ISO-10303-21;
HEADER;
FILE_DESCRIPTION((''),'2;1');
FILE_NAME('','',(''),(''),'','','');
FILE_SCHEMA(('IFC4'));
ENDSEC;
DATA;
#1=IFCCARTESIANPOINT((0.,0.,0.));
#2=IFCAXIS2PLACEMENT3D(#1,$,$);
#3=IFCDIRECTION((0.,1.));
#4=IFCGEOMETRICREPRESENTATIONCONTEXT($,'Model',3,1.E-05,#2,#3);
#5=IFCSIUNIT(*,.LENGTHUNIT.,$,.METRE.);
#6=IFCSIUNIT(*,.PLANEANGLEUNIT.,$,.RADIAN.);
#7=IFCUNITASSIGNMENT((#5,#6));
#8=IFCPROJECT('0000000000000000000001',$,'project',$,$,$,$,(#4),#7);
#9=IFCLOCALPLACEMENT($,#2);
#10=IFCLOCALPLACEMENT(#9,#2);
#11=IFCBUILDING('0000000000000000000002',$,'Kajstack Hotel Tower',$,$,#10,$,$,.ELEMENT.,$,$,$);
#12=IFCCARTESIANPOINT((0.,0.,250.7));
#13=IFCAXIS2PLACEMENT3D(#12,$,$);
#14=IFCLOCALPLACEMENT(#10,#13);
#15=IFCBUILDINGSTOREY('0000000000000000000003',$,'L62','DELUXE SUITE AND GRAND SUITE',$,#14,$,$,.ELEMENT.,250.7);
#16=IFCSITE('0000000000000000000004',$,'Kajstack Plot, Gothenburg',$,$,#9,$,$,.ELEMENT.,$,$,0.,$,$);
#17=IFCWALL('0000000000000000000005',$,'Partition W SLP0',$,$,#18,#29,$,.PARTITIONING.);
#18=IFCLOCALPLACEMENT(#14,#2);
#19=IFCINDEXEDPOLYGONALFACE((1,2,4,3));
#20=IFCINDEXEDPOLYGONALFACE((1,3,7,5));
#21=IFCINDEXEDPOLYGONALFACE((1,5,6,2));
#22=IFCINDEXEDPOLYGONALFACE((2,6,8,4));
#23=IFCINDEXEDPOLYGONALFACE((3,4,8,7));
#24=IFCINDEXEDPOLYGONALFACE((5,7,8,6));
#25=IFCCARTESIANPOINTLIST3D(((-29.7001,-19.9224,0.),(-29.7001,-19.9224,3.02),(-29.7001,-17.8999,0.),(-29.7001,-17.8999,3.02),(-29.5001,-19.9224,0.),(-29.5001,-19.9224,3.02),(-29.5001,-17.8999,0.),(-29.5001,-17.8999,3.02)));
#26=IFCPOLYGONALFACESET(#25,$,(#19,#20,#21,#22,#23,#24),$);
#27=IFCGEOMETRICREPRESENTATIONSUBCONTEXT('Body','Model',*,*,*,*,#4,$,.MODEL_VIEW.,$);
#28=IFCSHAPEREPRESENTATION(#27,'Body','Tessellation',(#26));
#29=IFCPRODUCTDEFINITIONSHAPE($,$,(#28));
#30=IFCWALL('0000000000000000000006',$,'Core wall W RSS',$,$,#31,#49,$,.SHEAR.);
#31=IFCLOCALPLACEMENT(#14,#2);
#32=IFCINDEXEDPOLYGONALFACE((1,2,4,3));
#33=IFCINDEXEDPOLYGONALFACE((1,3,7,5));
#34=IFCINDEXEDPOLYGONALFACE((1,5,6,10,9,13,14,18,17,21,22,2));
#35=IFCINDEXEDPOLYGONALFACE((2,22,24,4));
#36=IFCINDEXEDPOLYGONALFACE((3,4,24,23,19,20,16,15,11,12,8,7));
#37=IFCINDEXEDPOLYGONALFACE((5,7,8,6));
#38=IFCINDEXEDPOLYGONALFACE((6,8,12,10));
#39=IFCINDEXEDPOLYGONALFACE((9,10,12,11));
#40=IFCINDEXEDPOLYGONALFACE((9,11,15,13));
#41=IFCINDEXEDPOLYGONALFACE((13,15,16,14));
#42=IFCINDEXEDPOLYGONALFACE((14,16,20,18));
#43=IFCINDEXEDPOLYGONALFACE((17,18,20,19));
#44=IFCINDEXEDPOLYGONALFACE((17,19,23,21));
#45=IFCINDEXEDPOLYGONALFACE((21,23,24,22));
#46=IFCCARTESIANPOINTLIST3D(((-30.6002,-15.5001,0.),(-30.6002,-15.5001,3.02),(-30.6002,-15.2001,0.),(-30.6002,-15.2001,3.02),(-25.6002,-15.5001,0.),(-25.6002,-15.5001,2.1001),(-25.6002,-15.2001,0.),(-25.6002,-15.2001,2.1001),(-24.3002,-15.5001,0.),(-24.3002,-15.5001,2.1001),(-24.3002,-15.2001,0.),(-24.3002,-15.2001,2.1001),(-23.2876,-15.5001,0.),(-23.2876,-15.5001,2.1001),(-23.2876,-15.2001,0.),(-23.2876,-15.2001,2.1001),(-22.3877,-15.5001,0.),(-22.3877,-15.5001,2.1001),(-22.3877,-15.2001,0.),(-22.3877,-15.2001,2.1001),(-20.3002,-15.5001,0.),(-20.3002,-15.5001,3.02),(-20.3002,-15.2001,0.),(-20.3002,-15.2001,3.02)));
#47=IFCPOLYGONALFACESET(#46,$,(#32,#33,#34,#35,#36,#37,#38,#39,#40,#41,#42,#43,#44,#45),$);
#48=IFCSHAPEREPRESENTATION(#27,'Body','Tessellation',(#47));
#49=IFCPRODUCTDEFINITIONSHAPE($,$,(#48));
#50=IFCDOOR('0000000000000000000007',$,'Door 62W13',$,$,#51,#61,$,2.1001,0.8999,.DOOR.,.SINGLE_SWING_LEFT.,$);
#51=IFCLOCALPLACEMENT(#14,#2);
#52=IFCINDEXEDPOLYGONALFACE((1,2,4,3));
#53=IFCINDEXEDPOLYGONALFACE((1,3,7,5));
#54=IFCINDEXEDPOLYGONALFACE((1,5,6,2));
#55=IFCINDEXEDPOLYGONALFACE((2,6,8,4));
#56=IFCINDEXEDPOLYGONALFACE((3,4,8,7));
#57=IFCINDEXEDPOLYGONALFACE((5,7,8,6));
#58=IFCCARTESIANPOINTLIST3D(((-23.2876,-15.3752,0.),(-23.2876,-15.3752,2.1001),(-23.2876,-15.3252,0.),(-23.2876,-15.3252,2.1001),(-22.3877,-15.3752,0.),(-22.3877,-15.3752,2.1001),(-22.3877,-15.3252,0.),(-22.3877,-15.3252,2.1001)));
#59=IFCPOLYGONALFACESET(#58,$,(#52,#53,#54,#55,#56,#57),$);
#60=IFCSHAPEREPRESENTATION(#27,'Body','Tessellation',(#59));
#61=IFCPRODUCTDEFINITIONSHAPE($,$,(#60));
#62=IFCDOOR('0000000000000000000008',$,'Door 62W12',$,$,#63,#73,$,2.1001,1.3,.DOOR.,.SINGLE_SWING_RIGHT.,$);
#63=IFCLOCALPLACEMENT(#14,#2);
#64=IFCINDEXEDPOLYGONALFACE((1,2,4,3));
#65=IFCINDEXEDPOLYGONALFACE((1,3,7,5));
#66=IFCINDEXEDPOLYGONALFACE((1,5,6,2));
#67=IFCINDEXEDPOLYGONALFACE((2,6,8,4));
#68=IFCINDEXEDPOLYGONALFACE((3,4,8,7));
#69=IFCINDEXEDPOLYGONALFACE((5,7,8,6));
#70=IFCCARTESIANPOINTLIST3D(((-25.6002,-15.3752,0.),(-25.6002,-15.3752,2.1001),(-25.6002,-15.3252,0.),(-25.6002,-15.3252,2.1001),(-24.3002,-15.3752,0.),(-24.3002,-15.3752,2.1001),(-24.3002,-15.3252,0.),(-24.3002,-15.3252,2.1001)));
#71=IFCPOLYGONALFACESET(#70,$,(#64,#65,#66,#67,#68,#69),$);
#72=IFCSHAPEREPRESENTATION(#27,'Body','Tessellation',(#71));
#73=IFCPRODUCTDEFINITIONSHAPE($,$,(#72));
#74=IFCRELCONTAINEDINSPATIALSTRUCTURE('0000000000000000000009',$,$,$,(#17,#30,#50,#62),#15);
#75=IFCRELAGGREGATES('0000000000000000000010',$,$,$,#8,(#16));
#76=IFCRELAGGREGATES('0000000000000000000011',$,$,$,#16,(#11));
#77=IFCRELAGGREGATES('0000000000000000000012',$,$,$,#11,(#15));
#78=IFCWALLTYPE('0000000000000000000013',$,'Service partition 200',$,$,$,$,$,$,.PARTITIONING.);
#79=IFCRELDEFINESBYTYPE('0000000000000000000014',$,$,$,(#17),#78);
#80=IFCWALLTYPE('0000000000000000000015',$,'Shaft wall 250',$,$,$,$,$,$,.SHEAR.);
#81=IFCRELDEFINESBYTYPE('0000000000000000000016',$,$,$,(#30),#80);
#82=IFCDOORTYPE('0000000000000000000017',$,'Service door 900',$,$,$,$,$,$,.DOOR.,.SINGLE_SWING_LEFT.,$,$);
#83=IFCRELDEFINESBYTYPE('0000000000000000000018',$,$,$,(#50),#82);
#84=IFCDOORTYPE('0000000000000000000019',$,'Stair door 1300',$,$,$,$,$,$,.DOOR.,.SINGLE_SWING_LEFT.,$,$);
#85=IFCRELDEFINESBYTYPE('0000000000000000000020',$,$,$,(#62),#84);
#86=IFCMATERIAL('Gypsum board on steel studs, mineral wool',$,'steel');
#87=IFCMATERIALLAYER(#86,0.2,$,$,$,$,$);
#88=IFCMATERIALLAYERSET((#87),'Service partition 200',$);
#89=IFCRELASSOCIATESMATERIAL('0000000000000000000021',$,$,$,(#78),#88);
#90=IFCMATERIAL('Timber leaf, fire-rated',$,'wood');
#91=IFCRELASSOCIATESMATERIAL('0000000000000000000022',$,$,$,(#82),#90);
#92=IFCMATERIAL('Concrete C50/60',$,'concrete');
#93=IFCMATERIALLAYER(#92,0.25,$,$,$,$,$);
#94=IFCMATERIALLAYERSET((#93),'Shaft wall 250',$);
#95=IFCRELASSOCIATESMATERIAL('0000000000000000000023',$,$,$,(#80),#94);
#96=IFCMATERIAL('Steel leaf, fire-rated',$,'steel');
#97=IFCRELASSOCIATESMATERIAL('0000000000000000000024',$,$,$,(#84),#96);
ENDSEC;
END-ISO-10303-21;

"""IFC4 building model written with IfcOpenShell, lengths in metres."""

from ifc_helpers import new_model, si_unit, direction, frame, frame_2d, origin, place, context, subcontext, project, spatial, rectangle, extrude, material, layer, layer_set, type_object, element, fill, save


model = new_model("IFC4")

# Units and contexts
model_context = context("Model", 3, precision=1e-05, world=origin(), true_north=direction((0.0, 1.0)))
body_context = subcontext(model_context, "Body", "Model", "MODEL_VIEW")
ifc_project = project(units=[si_unit("LENGTHUNIT", "METRE"), si_unit("PLANEANGLEUNIT", "RADIAN")], contexts=[model_context])

# Site, building, storey
site_placement = place(None, origin())
site = spatial("IfcSite", under=ifc_project, at=site_placement, Name="Kajstack Plot, Gothenburg", CompositionType="ELEMENT", RefElevation=0.0)
building_placement = place(site_placement, origin())
building = spatial("IfcBuilding", under=site, at=building_placement, Name="Kajstack Hotel Tower", CompositionType="ELEMENT")
storey_placement = place(building_placement, frame((0.0, 0.0, 250.7)))
storey = spatial("IfcBuildingStorey", under=building, at=storey_placement, Name="L62", Description="DELUXE SUITE AND GRAND SUITE", CompositionType="ELEMENT", Elevation=250.7)

# Shared definitions
ifc_material_1 = material(Name="Gypsum board on steel studs, mineral wool", Category="steel")
ifc_layer_1 = layer(ifc_material_1, 0.2)
ifc_layer_set_1 = layer_set([ifc_layer_1], Name="Service partition 200")
wall_type_1 = type_object("IfcWallType", Name="Service partition 200", PredefinedType="PARTITIONING", material=ifc_layer_set_1)
ifc_material_2 = material(Name="Timber leaf, fire-rated", Category="wood")
door_type_1 = type_object("IfcDoorType", Name="Service door 900", OperationType="SINGLE_SWING_LEFT", PredefinedType="DOOR", material=ifc_material_2)

# Wall
wall_1_placement = place(storey_placement, frame((-29.6001, -19.9224, 0.0), z_axis=(0.0, 0.0, 1.0), x_axis=(0.0, 1.0, 0.0)))
element("IfcWall", 1, at=wall_1_placement, inside=storey, type_object=wall_type_1, Name="Partition W SLP0", PredefinedType="PARTITIONING", context=body_context, shape_type="SweptSolid", body=[
    extrude(rectangle(XDim=2.0225, YDim=0.2, at=frame_2d((1.0112, 0.0))), origin(), (0.0, 0.0, 1.0), 3.02),
])

# Wall, openings, doors
ifc_material_3 = material(Name="Concrete C50/60", Category="concrete")
ifc_layer_2 = layer(ifc_material_3, 0.25)
ifc_layer_set_2 = layer_set([ifc_layer_2], Name="Shaft wall 250")
wall_type_2 = type_object("IfcWallType", Name="Shaft wall 250", PredefinedType="SHEAR", material=ifc_layer_set_2)
wall_2_placement = place(storey_placement, frame((-30.6001, -15.3501, 0.0), z_axis=(0.0, 0.0, 1.0), x_axis=(1.0, 0.0, 0.0)))
wall_2 = element("IfcWall", 2, at=wall_2_placement, inside=storey, type_object=wall_type_2, Name="Core wall W RSS", PredefinedType="SHEAR", context=body_context, shape_type="SweptSolid", body=[
    extrude(rectangle(XDim=10.3, YDim=0.3, at=frame_2d((5.1499, 0.0))), origin(), (0.0, 0.0, 1.0), 3.02),
])
opening_1_placement = place(wall_2_placement, frame((5.0, 0.0, 0.0)))
opening_1 = element("IfcOpeningElement", 3, at=opening_1_placement, cuts=wall_2, PredefinedType="OPENING", context=body_context, shape_type="SweptSolid", body=[
    extrude(rectangle(XDim=1.3, YDim=2.1001, at=frame_2d((0.6499, 1.05))), frame((0.0, 0.1599, 0.0), z_axis=(0.0, -1.0, 0.0), x_axis=(1.0, 0.0, 0.0)), (0.0, 0.0, 1.0), 0.3201),
])
opening_2_placement = place(wall_2_placement, frame((7.3125, 0.0, 0.0)))
opening_2 = element("IfcOpeningElement", 4, at=opening_2_placement, cuts=wall_2, PredefinedType="OPENING", context=body_context, shape_type="SweptSolid", body=[
    extrude(rectangle(XDim=0.8999, YDim=2.1001, at=frame_2d((0.45, 1.05))), frame((0.0, 0.1599, 0.0), z_axis=(0.0, -1.0, 0.0), x_axis=(1.0, 0.0, 0.0)), (0.0, 0.0, 1.0), 0.3201),
])
door_1_placement = place(opening_2_placement, origin())
door_1 = element("IfcDoor", 5, at=door_1_placement, inside=storey, type_object=door_type_1, Name="Door 62W13", OperationType="SINGLE_SWING_LEFT", OverallHeight=2.1001, OverallWidth=0.8999, PredefinedType="DOOR", context=body_context, shape_type="SweptSolid", body=[
    extrude(rectangle(XDim=0.8999, YDim=2.1001, at=frame_2d((0.45, 1.05))), frame((0.0, 0.0249, 0.0), z_axis=(0.0, -1.0, 0.0), x_axis=(1.0, 0.0, 0.0)), (0.0, 0.0, 1.0), 0.05),
])
fill(opening_2, door_1)
ifc_material_4 = material(Name="Steel leaf, fire-rated", Category="steel")
door_type_2 = type_object("IfcDoorType", Name="Stair door 1300", OperationType="SINGLE_SWING_LEFT", PredefinedType="DOOR", material=ifc_material_4)
door_2_placement = place(opening_1_placement, origin())
door_2 = element("IfcDoor", 6, at=door_2_placement, inside=storey, type_object=door_type_2, Name="Door 62W12", OperationType="SINGLE_SWING_RIGHT", OverallHeight=2.1001, OverallWidth=1.3, PredefinedType="DOOR", context=body_context, shape_type="SweptSolid", body=[
    extrude(rectangle(XDim=1.3, YDim=2.1001, at=frame_2d((0.6499, 1.05))), frame((0.0, 0.0249, 0.0), z_axis=(0.0, -1.0, 0.0), x_axis=(1.0, 0.0, 0.0)), (0.0, 0.0, 1.0), 0.05),
])
fill(opening_1, door_2)

save(model, "model.ifc")
